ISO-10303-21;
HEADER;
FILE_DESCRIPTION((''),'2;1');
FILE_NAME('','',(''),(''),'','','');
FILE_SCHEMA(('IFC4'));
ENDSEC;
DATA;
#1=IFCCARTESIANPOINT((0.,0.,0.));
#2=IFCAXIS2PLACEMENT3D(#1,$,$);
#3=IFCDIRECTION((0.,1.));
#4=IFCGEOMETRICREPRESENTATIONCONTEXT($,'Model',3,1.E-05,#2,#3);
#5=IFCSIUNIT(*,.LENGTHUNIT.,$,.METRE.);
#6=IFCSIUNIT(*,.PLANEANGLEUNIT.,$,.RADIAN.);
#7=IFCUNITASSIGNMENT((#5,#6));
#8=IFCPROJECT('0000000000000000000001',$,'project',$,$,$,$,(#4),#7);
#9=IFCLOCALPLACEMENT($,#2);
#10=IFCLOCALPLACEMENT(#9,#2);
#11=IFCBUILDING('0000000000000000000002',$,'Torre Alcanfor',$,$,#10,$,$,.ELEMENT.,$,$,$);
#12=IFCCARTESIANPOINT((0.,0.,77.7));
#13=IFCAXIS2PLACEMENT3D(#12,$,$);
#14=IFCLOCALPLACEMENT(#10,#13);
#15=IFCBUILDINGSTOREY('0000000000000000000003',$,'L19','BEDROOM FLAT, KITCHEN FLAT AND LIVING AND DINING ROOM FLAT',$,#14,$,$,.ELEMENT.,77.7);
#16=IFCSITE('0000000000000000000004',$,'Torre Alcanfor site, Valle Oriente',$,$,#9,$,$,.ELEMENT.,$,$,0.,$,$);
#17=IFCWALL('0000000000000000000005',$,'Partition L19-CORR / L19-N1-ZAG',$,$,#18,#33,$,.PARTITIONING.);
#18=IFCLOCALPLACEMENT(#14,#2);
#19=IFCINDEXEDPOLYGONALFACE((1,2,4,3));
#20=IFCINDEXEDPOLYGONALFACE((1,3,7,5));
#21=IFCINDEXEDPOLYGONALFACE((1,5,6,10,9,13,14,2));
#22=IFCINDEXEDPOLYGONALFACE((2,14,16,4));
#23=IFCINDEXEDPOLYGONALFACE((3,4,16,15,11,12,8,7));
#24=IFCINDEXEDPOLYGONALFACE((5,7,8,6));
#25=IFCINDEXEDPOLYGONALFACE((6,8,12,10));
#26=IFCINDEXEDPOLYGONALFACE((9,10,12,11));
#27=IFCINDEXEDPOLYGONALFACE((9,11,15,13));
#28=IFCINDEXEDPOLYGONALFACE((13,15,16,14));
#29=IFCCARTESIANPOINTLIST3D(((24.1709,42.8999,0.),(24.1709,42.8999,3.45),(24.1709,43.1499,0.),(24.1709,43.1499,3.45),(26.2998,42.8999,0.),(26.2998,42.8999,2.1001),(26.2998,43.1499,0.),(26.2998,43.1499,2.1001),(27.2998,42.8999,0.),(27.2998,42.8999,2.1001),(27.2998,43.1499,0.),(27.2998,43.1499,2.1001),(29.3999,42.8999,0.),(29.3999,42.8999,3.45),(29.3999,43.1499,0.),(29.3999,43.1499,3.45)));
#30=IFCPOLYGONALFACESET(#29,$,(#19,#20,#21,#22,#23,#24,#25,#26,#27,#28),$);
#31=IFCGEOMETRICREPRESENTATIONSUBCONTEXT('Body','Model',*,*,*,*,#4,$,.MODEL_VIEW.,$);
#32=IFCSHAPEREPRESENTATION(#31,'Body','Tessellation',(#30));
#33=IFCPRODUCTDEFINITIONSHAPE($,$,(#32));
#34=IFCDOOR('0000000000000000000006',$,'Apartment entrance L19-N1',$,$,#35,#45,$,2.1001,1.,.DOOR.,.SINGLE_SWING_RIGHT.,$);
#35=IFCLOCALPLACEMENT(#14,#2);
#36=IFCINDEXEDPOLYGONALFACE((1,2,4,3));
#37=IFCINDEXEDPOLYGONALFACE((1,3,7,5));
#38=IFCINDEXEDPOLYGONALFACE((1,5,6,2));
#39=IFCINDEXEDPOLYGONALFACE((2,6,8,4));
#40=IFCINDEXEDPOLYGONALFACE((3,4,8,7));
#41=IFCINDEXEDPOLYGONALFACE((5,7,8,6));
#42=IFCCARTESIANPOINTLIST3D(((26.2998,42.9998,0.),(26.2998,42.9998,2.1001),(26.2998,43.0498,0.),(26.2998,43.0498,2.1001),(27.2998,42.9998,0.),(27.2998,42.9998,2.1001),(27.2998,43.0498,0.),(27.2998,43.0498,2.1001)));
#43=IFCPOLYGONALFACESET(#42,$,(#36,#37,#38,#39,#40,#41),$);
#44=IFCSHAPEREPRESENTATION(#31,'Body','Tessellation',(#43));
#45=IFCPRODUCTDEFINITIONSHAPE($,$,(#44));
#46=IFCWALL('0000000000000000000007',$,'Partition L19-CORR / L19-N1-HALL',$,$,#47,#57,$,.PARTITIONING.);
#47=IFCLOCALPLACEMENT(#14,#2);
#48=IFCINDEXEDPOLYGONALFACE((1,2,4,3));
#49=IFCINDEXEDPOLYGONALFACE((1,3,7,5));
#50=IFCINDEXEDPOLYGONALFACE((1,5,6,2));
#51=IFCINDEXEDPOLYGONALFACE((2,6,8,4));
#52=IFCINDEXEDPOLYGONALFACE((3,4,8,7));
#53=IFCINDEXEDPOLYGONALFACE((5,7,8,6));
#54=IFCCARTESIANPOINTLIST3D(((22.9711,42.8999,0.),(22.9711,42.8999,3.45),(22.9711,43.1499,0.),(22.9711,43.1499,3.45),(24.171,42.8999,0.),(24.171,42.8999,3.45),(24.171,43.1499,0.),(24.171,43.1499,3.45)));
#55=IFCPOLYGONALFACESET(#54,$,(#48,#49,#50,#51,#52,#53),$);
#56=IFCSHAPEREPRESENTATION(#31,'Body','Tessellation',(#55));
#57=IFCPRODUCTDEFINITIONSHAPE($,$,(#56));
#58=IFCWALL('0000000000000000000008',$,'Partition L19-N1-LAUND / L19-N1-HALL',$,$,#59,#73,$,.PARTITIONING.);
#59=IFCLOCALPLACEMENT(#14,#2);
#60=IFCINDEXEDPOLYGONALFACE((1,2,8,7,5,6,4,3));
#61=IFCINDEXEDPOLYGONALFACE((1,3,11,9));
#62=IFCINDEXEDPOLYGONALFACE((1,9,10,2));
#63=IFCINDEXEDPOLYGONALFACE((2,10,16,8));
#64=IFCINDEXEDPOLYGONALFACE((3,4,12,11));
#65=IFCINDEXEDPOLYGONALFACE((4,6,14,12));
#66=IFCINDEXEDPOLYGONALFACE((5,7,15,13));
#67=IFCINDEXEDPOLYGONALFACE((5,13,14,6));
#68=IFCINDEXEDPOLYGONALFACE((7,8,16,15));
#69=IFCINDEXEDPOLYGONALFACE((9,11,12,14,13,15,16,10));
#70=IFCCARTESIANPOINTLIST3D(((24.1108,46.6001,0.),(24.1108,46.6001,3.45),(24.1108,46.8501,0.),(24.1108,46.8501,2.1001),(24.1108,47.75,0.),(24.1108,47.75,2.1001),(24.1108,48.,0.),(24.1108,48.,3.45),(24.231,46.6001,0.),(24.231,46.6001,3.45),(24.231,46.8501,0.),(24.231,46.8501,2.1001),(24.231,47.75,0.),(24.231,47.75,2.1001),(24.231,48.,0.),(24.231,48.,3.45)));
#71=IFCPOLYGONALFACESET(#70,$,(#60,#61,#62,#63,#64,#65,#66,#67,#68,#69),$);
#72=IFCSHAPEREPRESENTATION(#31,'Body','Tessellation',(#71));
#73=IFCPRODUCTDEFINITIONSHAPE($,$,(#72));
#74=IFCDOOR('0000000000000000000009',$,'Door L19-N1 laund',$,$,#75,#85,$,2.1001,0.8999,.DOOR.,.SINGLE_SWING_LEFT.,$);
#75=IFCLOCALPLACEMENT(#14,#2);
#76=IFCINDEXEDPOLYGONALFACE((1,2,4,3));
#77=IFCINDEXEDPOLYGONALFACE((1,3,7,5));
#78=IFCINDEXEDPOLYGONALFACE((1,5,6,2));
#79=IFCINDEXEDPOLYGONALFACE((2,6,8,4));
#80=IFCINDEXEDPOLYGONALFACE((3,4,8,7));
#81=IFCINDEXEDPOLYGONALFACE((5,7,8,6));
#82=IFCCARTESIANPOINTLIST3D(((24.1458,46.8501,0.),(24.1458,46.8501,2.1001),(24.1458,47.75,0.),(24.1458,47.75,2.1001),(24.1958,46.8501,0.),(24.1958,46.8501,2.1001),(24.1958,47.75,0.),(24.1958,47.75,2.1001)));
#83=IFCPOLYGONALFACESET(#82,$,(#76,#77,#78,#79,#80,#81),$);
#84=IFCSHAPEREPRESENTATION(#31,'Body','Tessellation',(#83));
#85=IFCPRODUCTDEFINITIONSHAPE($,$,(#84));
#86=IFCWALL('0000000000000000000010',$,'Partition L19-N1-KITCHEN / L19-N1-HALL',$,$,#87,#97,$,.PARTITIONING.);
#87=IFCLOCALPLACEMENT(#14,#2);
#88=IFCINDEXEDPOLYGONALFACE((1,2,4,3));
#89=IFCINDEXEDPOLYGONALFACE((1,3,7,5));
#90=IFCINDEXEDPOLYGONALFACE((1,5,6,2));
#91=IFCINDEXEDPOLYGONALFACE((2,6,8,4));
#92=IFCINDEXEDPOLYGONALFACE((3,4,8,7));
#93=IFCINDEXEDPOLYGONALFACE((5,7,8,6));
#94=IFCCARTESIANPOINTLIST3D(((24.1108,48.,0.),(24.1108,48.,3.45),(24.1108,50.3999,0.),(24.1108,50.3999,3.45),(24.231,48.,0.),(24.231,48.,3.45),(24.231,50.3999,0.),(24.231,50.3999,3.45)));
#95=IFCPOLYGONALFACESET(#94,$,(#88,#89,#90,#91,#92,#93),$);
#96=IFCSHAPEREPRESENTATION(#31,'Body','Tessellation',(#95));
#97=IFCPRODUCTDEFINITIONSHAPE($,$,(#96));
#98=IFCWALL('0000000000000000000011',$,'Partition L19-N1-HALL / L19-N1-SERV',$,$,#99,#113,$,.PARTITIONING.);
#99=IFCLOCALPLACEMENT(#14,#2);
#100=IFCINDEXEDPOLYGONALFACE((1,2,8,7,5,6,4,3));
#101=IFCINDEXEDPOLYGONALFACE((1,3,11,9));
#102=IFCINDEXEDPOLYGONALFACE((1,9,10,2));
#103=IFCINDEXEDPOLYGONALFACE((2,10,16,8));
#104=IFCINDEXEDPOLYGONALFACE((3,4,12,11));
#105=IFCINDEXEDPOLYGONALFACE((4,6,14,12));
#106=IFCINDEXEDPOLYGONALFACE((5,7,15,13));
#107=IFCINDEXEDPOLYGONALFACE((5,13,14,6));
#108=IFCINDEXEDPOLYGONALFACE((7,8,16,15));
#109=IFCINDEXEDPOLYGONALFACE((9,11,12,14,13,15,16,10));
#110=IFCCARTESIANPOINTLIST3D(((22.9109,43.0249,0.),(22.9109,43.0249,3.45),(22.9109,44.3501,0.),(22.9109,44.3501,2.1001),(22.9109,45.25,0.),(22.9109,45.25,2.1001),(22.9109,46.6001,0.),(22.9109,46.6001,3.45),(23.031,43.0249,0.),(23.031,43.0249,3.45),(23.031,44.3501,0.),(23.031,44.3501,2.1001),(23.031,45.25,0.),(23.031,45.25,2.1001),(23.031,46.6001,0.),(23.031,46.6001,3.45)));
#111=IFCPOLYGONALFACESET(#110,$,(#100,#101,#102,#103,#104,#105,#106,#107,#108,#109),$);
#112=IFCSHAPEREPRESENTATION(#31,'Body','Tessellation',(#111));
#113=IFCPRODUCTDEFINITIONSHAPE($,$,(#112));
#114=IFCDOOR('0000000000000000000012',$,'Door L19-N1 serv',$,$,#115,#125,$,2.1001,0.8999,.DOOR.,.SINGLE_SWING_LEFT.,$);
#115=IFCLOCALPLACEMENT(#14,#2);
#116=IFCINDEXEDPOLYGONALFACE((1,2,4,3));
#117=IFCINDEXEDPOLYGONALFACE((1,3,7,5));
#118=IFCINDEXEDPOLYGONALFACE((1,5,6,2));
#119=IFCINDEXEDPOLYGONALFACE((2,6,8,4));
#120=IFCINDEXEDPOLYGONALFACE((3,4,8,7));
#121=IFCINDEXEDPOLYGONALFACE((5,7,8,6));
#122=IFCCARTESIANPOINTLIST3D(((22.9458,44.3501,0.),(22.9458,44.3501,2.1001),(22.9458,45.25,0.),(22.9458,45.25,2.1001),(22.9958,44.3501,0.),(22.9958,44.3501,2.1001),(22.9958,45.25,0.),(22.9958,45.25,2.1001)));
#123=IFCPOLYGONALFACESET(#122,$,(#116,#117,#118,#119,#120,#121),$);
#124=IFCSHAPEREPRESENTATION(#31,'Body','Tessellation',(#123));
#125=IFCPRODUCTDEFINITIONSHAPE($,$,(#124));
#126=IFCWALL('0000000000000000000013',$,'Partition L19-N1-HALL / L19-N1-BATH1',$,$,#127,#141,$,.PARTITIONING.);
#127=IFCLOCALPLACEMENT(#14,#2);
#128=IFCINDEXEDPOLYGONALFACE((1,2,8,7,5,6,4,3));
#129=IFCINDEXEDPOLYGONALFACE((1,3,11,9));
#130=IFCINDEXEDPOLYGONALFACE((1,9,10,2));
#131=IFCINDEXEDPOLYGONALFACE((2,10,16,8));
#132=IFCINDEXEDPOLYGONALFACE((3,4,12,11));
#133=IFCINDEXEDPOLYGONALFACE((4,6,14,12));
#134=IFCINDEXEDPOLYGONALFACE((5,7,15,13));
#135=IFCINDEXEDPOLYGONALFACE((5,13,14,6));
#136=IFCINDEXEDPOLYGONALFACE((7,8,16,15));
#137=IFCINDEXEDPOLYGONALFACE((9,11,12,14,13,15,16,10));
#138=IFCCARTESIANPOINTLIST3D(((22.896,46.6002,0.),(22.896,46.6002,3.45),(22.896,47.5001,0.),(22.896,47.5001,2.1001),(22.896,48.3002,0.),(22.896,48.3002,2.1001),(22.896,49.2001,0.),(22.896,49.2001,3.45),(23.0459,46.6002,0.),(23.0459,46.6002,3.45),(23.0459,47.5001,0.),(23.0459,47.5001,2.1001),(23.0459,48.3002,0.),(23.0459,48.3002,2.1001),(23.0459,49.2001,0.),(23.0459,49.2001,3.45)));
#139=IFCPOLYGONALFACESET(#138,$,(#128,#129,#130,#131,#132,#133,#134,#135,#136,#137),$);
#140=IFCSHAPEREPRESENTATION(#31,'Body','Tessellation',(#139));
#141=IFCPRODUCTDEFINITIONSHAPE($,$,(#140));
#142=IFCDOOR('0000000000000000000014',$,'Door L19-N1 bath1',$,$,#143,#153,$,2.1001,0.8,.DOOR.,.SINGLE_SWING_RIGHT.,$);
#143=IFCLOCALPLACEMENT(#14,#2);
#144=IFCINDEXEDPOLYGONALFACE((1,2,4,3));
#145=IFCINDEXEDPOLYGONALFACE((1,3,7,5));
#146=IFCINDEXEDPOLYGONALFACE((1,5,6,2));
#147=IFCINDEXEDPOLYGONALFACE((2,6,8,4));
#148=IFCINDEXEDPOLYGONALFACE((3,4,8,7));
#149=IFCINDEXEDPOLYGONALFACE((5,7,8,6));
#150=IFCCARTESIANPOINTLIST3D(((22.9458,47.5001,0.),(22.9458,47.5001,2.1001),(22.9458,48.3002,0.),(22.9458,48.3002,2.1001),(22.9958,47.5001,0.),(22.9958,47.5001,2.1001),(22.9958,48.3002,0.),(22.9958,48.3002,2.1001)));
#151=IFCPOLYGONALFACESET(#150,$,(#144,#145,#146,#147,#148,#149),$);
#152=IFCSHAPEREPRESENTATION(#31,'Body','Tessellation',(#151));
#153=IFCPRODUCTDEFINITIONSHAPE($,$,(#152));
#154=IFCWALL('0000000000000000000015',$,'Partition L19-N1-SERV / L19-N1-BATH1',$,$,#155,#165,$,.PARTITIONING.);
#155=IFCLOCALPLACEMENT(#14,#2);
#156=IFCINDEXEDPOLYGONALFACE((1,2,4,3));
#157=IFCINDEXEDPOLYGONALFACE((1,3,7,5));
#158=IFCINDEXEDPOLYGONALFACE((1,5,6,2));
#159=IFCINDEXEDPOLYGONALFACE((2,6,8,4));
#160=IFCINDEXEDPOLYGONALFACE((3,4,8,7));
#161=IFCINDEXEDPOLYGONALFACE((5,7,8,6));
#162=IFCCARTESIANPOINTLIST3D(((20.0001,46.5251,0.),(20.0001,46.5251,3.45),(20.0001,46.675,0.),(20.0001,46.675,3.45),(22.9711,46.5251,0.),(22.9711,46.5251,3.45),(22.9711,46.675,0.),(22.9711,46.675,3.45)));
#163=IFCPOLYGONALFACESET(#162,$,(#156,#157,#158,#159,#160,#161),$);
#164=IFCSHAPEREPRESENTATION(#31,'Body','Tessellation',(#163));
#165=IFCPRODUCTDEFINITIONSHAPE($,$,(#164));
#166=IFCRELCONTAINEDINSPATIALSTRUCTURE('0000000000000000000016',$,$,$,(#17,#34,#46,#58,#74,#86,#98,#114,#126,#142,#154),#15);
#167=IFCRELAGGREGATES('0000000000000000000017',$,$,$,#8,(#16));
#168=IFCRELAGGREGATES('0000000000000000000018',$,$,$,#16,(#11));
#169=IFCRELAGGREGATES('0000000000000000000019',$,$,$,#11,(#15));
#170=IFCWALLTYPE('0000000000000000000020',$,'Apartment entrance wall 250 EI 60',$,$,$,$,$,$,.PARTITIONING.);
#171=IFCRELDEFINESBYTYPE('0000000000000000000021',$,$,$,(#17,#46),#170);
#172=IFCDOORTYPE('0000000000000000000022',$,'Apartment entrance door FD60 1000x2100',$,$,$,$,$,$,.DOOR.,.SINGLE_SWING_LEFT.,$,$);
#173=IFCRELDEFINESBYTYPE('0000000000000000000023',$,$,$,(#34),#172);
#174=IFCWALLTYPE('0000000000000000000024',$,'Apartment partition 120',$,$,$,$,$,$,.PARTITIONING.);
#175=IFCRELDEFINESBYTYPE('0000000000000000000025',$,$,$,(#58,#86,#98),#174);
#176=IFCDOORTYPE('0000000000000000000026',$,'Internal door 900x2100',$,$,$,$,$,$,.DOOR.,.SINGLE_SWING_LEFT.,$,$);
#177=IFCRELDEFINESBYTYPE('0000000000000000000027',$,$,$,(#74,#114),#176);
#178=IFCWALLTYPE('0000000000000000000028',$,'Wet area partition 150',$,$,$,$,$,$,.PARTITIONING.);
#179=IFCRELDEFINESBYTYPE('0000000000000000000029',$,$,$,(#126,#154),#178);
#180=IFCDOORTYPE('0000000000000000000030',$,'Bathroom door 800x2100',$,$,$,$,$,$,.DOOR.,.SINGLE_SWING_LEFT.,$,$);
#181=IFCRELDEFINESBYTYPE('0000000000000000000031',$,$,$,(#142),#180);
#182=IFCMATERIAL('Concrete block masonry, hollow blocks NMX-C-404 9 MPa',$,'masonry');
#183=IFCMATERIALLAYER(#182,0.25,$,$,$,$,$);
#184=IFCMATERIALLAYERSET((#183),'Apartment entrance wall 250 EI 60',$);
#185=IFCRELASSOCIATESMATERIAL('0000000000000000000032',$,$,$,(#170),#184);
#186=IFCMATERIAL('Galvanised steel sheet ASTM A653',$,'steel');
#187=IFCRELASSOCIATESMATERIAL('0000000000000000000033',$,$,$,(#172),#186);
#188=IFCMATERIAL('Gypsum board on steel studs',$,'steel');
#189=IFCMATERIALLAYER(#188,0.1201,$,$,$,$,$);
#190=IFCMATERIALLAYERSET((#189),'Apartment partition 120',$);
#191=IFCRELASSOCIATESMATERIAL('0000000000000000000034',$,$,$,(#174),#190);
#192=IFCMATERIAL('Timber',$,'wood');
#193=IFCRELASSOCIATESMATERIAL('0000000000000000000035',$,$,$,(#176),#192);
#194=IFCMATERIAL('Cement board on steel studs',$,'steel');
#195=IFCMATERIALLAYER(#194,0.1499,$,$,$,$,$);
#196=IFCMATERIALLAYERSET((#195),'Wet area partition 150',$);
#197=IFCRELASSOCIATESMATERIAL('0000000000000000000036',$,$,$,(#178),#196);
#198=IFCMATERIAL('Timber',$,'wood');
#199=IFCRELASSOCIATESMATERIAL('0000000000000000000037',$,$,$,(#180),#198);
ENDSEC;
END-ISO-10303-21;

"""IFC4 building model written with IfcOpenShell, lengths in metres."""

from ifc_helpers import new_model, si_unit, direction, frame, frame_2d, origin, place, context, subcontext, project, spatial, rectangle, extrude, material, layer, layer_set, type_object, element, fill, save


model = new_model("IFC4")

# Units and contexts
model_context = context("Model", 3, precision=1e-05, world=origin(), true_north=direction((0.0, 1.0)))
body_context = subcontext(model_context, "Body", "Model", "MODEL_VIEW")
ifc_project = project(units=[si_unit("LENGTHUNIT", "METRE"), si_unit("PLANEANGLEUNIT", "RADIAN")], contexts=[model_context])

# Site, building, storey
site_placement = place(None, origin())
site = spatial("IfcSite", under=ifc_project, at=site_placement, Name="Torre Alcanfor site, Valle Oriente", CompositionType="ELEMENT", RefElevation=0.0)
building_placement = place(site_placement, origin())
building = spatial("IfcBuilding", under=site, at=building_placement, Name="Torre Alcanfor", CompositionType="ELEMENT")
storey_placement = place(building_placement, frame((0.0, 0.0, 77.7)))
storey = spatial("IfcBuildingStorey", under=building, at=storey_placement, Name="L19", Description="BEDROOM FLAT, KITCHEN FLAT AND LIVING AND DINING ROOM FLAT", CompositionType="ELEMENT", Elevation=77.7)

# Wall, opening, door
ifc_material_1 = material(Name="Concrete block masonry, hollow blocks NMX-C-404 9 MPa", Category="masonry")
ifc_layer_1 = layer(ifc_material_1, 0.25)
ifc_layer_set_1 = layer_set([ifc_layer_1], Name="Apartment entrance wall 250 EI 60")
wall_type_1 = type_object("IfcWallType", Name="Apartment entrance wall 250 EI 60", PredefinedType="PARTITIONING", material=ifc_layer_set_1)
wall_1_placement = place(storey_placement, frame((24.1709, 43.0249, 0.0), z_axis=(0.0, 0.0, 1.0), x_axis=(1.0, 0.0, 0.0)))
wall_1 = element("IfcWall", 1, at=wall_1_placement, inside=storey, type_object=wall_type_1, Name="Partition L19-CORR / L19-N1-ZAG", PredefinedType="PARTITIONING", context=body_context, shape_type="SweptSolid", body=[
    extrude(rectangle(XDim=5.229, YDim=0.25, at=frame_2d((2.6145, 0.0))), origin(), (0.0, 0.0, 1.0), 3.45),
])
opening_1_placement = place(wall_1_placement, frame((2.1289, 0.0, 0.0)))
opening_1 = element("IfcOpeningElement", 2, at=opening_1_placement, cuts=wall_1, PredefinedType="OPENING", context=body_context, shape_type="SweptSolid", body=[
    extrude(rectangle(XDim=1.0, YDim=2.1001, at=frame_2d((0.5, 1.05))), frame((0.0, 0.135, 0.0), z_axis=(0.0, -1.0, 0.0), x_axis=(1.0, 0.0, 0.0)), (0.0, 0.0, 1.0), 0.27),
])
ifc_material_2 = material(Name="Galvanised steel sheet ASTM A653", Category="steel")
door_type_1 = type_object("IfcDoorType", Name="Apartment entrance door FD60 1000x2100", OperationType="SINGLE_SWING_LEFT", PredefinedType="DOOR", material=ifc_material_2)
door_1_placement = place(opening_1_placement, origin())
door_1 = element("IfcDoor", 3, at=door_1_placement, inside=storey, type_object=door_type_1, Name="Apartment entrance L19-N1", OperationType="SINGLE_SWING_RIGHT", OverallHeight=2.1001, OverallWidth=1.0, PredefinedType="DOOR", context=body_context, shape_type="SweptSolid", body=[
    extrude(rectangle(XDim=1.0, YDim=2.1001, at=frame_2d((0.5, 1.05))), frame((0.0, 0.0249, 0.0), z_axis=(0.0, -1.0, 0.0), x_axis=(1.0, 0.0, 0.0)), (0.0, 0.0, 1.0), 0.05),
])
fill(opening_1, door_1)

# Wall
wall_2_placement = place(storey_placement, frame((22.9709, 43.0249, 0.0), z_axis=(0.0, 0.0, 1.0), x_axis=(1.0, 0.0, 0.0)))
element("IfcWall", 4, at=wall_2_placement, inside=storey, type_object=wall_type_1, Name="Partition L19-CORR / L19-N1-HALL", PredefinedType="PARTITIONING", context=body_context, shape_type="SweptSolid", body=[
    extrude(rectangle(XDim=1.2, YDim=0.25, at=frame_2d((0.6001, 0.0))), origin(), (0.0, 0.0, 1.0), 3.45),
])

# Wall, opening, door
ifc_material_3 = material(Name="Gypsum board on steel studs", Category="steel")
ifc_layer_2 = layer(ifc_material_3, 0.1201)
ifc_layer_set_2 = layer_set([ifc_layer_2], Name="Apartment partition 120")
wall_type_2 = type_object("IfcWallType", Name="Apartment partition 120", PredefinedType="PARTITIONING", material=ifc_layer_set_2)
wall_3_placement = place(storey_placement, frame((24.1709, 48.0, 0.0), z_axis=(0.0, 0.0, 1.0), x_axis=(0.0, -1.0, 0.0)))
wall_3 = element("IfcWall", 5, at=wall_3_placement, inside=storey, type_object=wall_type_2, Name="Partition L19-N1-LAUND / L19-N1-HALL", PredefinedType="PARTITIONING", context=body_context, shape_type="SweptSolid", body=[
    extrude(rectangle(XDim=1.3999, YDim=0.1201, at=frame_2d((0.7, 0.0))), origin(), (0.0, 0.0, 1.0), 3.45),
])
opening_2_placement = place(wall_3_placement, frame((0.25, 0.0, 0.0)))
opening_2 = element("IfcOpeningElement", 6, at=opening_2_placement, cuts=wall_3, PredefinedType="OPENING", context=body_context, shape_type="SweptSolid", body=[
    extrude(rectangle(XDim=0.8999, YDim=2.1001, at=frame_2d((0.45, 1.05))), frame((0.0, 0.0701, 0.0), z_axis=(0.0, -1.0, 0.0), x_axis=(1.0, 0.0, 0.0)), (0.0, 0.0, 1.0), 0.1401),
])
ifc_material_4 = material(Name="Timber", Category="wood")
door_type_2 = type_object("IfcDoorType", Name="Internal door 900x2100", OperationType="SINGLE_SWING_LEFT", PredefinedType="DOOR", material=ifc_material_4)
door_2_placement = place(opening_2_placement, origin())
door_2 = element("IfcDoor", 7, at=door_2_placement, inside=storey, type_object=door_type_2, Name="Door L19-N1 laund", OperationType="SINGLE_SWING_LEFT", OverallHeight=2.1001, OverallWidth=0.8999, PredefinedType="DOOR", context=body_context, shape_type="SweptSolid", body=[
    extrude(rectangle(XDim=0.8999, YDim=2.1001, at=frame_2d((0.45, 1.05))), frame((0.0, 0.0249, 0.0), z_axis=(0.0, -1.0, 0.0), x_axis=(1.0, 0.0, 0.0)), (0.0, 0.0, 1.0), 0.05),
])
fill(opening_2, door_2)

# Wall
wall_4_placement = place(storey_placement, frame((24.1709, 50.3999, 0.0), z_axis=(0.0, 0.0, 1.0), x_axis=(0.0, -1.0, 0.0)))
element("IfcWall", 8, at=wall_4_placement, inside=storey, type_object=wall_type_2, Name="Partition L19-N1-KITCHEN / L19-N1-HALL", PredefinedType="PARTITIONING", context=body_context, shape_type="SweptSolid", body=[
    extrude(rectangle(XDim=2.3999, YDim=0.1201, at=frame_2d((1.2, 0.0))), origin(), (0.0, 0.0, 1.0), 3.45),
])

# Walls, openings, doors
wall_5_placement = place(storey_placement, frame((22.9709, 46.6001, 0.0), z_axis=(0.0, 0.0, 1.0), x_axis=(0.0, -1.0, 0.0)))
wall_5 = element("IfcWall", 9, at=wall_5_placement, inside=storey, type_object=wall_type_2, Name="Partition L19-N1-HALL / L19-N1-SERV", PredefinedType="PARTITIONING", context=body_context, shape_type="SweptSolid", body=[
    extrude(rectangle(XDim=3.5752, YDim=0.1201, at=frame_2d((1.7876, 0.0))), origin(), (0.0, 0.0, 1.0), 3.45),
])
opening_3_placement = place(wall_5_placement, frame((1.3501, 0.0, 0.0)))
opening_3 = element("IfcOpeningElement", 10, at=opening_3_placement, cuts=wall_5, PredefinedType="OPENING", context=body_context, shape_type="SweptSolid", body=[
    extrude(rectangle(XDim=0.8999, YDim=2.1001, at=frame_2d((0.45, 1.05))), frame((0.0, 0.0701, 0.0), z_axis=(0.0, -1.0, 0.0), x_axis=(1.0, 0.0, 0.0)), (0.0, 0.0, 1.0), 0.1401),
])
door_3_placement = place(opening_3_placement, frame((0.8999, 0.0, 0.0), z_axis=(0.0, 0.0, 1.0), x_axis=(-1.0, 0.0, 0.0)))
door_3 = element("IfcDoor", 11, at=door_3_placement, inside=storey, type_object=door_type_2, Name="Door L19-N1 serv", OperationType="SINGLE_SWING_LEFT", OverallHeight=2.1001, OverallWidth=0.8999, PredefinedType="DOOR", context=body_context, shape_type="SweptSolid", body=[
    extrude(rectangle(XDim=0.8999, YDim=2.1001, at=frame_2d((0.45, 1.05))), frame((0.0, 0.0251, 0.0), z_axis=(0.0, -1.0, 0.0), x_axis=(1.0, 0.0, 0.0)), (0.0, 0.0, 1.0), 0.05),
])
fill(opening_3, door_3)
ifc_material_5 = material(Name="Cement board on steel studs", Category="steel")
ifc_layer_3 = layer(ifc_material_5, 0.1499)
ifc_layer_set_3 = layer_set([ifc_layer_3], Name="Wet area partition 150")
wall_type_3 = type_object("IfcWallType", Name="Wet area partition 150", PredefinedType="PARTITIONING", material=ifc_layer_set_3)
wall_6_placement = place(storey_placement, frame((22.9709, 49.2, 0.0), z_axis=(0.0, 0.0, 1.0), x_axis=(0.0, -1.0, 0.0)))
wall_6 = element("IfcWall", 12, at=wall_6_placement, inside=storey, type_object=wall_type_3, Name="Partition L19-N1-HALL / L19-N1-BATH1", PredefinedType="PARTITIONING", context=body_context, shape_type="SweptSolid", body=[
    extrude(rectangle(XDim=2.5999, YDim=0.1499, at=frame_2d((1.2998, 0.0))), origin(), (0.0, 0.0, 1.0), 3.45),
])
opening_4_placement = place(wall_6_placement, frame((0.8999, 0.0, 0.0)))
opening_4 = element("IfcOpeningElement", 13, at=opening_4_placement, cuts=wall_6, PredefinedType="OPENING", context=body_context, shape_type="SweptSolid", body=[
    extrude(rectangle(XDim=0.8, YDim=2.1001, at=frame_2d((0.3999, 1.05))), frame((0.0, 0.085, 0.0), z_axis=(0.0, -1.0, 0.0), x_axis=(1.0, 0.0, 0.0)), (0.0, 0.0, 1.0), 0.1699),
])
ifc_material_6 = material(Name="Timber", Category="wood")
door_type_3 = type_object("IfcDoorType", Name="Bathroom door 800x2100", OperationType="SINGLE_SWING_LEFT", PredefinedType="DOOR", material=ifc_material_6)
door_4_placement = place(opening_4_placement, frame((0.8, 0.0, 0.0), z_axis=(0.0, 0.0, 1.0), x_axis=(-1.0, 0.0, 0.0)))
door_4 = element("IfcDoor", 14, at=door_4_placement, inside=storey, type_object=door_type_3, Name="Door L19-N1 bath1", OperationType="SINGLE_SWING_RIGHT", OverallHeight=2.1001, OverallWidth=0.8, PredefinedType="DOOR", context=body_context, shape_type="SweptSolid", body=[
    extrude(rectangle(XDim=0.8, YDim=2.1001, at=frame_2d((0.4001, 1.05))), frame((0.0, 0.0251, 0.0), z_axis=(0.0, -1.0, 0.0), x_axis=(1.0, 0.0, 0.0)), (0.0, 0.0, 1.0), 0.05),
])
fill(opening_4, door_4)

# Wall
for number, where, z_axis, x_axis, name in (
    (15, (22.9709, 46.6001, 0.0), (0.0, 0.0, 1.0), (-1.0, 0.0, 0.0), "Partition L19-N1-SERV / L19-N1-BATH1"),
):
    element("IfcWall", number, at=place(storey_placement, frame(where, z_axis=z_axis, x_axis=x_axis)), inside=storey, type_object=wall_type_3, Name=name, PredefinedType="PARTITIONING", context=body_context, shape_type="SweptSolid", body=[
        extrude(rectangle(XDim=2.9709, YDim=0.1499, at=frame_2d((1.4854, 0.0))), origin(), (0.0, 0.0, 1.0), 3.45),
    ])

save(model, "model.ifc")
